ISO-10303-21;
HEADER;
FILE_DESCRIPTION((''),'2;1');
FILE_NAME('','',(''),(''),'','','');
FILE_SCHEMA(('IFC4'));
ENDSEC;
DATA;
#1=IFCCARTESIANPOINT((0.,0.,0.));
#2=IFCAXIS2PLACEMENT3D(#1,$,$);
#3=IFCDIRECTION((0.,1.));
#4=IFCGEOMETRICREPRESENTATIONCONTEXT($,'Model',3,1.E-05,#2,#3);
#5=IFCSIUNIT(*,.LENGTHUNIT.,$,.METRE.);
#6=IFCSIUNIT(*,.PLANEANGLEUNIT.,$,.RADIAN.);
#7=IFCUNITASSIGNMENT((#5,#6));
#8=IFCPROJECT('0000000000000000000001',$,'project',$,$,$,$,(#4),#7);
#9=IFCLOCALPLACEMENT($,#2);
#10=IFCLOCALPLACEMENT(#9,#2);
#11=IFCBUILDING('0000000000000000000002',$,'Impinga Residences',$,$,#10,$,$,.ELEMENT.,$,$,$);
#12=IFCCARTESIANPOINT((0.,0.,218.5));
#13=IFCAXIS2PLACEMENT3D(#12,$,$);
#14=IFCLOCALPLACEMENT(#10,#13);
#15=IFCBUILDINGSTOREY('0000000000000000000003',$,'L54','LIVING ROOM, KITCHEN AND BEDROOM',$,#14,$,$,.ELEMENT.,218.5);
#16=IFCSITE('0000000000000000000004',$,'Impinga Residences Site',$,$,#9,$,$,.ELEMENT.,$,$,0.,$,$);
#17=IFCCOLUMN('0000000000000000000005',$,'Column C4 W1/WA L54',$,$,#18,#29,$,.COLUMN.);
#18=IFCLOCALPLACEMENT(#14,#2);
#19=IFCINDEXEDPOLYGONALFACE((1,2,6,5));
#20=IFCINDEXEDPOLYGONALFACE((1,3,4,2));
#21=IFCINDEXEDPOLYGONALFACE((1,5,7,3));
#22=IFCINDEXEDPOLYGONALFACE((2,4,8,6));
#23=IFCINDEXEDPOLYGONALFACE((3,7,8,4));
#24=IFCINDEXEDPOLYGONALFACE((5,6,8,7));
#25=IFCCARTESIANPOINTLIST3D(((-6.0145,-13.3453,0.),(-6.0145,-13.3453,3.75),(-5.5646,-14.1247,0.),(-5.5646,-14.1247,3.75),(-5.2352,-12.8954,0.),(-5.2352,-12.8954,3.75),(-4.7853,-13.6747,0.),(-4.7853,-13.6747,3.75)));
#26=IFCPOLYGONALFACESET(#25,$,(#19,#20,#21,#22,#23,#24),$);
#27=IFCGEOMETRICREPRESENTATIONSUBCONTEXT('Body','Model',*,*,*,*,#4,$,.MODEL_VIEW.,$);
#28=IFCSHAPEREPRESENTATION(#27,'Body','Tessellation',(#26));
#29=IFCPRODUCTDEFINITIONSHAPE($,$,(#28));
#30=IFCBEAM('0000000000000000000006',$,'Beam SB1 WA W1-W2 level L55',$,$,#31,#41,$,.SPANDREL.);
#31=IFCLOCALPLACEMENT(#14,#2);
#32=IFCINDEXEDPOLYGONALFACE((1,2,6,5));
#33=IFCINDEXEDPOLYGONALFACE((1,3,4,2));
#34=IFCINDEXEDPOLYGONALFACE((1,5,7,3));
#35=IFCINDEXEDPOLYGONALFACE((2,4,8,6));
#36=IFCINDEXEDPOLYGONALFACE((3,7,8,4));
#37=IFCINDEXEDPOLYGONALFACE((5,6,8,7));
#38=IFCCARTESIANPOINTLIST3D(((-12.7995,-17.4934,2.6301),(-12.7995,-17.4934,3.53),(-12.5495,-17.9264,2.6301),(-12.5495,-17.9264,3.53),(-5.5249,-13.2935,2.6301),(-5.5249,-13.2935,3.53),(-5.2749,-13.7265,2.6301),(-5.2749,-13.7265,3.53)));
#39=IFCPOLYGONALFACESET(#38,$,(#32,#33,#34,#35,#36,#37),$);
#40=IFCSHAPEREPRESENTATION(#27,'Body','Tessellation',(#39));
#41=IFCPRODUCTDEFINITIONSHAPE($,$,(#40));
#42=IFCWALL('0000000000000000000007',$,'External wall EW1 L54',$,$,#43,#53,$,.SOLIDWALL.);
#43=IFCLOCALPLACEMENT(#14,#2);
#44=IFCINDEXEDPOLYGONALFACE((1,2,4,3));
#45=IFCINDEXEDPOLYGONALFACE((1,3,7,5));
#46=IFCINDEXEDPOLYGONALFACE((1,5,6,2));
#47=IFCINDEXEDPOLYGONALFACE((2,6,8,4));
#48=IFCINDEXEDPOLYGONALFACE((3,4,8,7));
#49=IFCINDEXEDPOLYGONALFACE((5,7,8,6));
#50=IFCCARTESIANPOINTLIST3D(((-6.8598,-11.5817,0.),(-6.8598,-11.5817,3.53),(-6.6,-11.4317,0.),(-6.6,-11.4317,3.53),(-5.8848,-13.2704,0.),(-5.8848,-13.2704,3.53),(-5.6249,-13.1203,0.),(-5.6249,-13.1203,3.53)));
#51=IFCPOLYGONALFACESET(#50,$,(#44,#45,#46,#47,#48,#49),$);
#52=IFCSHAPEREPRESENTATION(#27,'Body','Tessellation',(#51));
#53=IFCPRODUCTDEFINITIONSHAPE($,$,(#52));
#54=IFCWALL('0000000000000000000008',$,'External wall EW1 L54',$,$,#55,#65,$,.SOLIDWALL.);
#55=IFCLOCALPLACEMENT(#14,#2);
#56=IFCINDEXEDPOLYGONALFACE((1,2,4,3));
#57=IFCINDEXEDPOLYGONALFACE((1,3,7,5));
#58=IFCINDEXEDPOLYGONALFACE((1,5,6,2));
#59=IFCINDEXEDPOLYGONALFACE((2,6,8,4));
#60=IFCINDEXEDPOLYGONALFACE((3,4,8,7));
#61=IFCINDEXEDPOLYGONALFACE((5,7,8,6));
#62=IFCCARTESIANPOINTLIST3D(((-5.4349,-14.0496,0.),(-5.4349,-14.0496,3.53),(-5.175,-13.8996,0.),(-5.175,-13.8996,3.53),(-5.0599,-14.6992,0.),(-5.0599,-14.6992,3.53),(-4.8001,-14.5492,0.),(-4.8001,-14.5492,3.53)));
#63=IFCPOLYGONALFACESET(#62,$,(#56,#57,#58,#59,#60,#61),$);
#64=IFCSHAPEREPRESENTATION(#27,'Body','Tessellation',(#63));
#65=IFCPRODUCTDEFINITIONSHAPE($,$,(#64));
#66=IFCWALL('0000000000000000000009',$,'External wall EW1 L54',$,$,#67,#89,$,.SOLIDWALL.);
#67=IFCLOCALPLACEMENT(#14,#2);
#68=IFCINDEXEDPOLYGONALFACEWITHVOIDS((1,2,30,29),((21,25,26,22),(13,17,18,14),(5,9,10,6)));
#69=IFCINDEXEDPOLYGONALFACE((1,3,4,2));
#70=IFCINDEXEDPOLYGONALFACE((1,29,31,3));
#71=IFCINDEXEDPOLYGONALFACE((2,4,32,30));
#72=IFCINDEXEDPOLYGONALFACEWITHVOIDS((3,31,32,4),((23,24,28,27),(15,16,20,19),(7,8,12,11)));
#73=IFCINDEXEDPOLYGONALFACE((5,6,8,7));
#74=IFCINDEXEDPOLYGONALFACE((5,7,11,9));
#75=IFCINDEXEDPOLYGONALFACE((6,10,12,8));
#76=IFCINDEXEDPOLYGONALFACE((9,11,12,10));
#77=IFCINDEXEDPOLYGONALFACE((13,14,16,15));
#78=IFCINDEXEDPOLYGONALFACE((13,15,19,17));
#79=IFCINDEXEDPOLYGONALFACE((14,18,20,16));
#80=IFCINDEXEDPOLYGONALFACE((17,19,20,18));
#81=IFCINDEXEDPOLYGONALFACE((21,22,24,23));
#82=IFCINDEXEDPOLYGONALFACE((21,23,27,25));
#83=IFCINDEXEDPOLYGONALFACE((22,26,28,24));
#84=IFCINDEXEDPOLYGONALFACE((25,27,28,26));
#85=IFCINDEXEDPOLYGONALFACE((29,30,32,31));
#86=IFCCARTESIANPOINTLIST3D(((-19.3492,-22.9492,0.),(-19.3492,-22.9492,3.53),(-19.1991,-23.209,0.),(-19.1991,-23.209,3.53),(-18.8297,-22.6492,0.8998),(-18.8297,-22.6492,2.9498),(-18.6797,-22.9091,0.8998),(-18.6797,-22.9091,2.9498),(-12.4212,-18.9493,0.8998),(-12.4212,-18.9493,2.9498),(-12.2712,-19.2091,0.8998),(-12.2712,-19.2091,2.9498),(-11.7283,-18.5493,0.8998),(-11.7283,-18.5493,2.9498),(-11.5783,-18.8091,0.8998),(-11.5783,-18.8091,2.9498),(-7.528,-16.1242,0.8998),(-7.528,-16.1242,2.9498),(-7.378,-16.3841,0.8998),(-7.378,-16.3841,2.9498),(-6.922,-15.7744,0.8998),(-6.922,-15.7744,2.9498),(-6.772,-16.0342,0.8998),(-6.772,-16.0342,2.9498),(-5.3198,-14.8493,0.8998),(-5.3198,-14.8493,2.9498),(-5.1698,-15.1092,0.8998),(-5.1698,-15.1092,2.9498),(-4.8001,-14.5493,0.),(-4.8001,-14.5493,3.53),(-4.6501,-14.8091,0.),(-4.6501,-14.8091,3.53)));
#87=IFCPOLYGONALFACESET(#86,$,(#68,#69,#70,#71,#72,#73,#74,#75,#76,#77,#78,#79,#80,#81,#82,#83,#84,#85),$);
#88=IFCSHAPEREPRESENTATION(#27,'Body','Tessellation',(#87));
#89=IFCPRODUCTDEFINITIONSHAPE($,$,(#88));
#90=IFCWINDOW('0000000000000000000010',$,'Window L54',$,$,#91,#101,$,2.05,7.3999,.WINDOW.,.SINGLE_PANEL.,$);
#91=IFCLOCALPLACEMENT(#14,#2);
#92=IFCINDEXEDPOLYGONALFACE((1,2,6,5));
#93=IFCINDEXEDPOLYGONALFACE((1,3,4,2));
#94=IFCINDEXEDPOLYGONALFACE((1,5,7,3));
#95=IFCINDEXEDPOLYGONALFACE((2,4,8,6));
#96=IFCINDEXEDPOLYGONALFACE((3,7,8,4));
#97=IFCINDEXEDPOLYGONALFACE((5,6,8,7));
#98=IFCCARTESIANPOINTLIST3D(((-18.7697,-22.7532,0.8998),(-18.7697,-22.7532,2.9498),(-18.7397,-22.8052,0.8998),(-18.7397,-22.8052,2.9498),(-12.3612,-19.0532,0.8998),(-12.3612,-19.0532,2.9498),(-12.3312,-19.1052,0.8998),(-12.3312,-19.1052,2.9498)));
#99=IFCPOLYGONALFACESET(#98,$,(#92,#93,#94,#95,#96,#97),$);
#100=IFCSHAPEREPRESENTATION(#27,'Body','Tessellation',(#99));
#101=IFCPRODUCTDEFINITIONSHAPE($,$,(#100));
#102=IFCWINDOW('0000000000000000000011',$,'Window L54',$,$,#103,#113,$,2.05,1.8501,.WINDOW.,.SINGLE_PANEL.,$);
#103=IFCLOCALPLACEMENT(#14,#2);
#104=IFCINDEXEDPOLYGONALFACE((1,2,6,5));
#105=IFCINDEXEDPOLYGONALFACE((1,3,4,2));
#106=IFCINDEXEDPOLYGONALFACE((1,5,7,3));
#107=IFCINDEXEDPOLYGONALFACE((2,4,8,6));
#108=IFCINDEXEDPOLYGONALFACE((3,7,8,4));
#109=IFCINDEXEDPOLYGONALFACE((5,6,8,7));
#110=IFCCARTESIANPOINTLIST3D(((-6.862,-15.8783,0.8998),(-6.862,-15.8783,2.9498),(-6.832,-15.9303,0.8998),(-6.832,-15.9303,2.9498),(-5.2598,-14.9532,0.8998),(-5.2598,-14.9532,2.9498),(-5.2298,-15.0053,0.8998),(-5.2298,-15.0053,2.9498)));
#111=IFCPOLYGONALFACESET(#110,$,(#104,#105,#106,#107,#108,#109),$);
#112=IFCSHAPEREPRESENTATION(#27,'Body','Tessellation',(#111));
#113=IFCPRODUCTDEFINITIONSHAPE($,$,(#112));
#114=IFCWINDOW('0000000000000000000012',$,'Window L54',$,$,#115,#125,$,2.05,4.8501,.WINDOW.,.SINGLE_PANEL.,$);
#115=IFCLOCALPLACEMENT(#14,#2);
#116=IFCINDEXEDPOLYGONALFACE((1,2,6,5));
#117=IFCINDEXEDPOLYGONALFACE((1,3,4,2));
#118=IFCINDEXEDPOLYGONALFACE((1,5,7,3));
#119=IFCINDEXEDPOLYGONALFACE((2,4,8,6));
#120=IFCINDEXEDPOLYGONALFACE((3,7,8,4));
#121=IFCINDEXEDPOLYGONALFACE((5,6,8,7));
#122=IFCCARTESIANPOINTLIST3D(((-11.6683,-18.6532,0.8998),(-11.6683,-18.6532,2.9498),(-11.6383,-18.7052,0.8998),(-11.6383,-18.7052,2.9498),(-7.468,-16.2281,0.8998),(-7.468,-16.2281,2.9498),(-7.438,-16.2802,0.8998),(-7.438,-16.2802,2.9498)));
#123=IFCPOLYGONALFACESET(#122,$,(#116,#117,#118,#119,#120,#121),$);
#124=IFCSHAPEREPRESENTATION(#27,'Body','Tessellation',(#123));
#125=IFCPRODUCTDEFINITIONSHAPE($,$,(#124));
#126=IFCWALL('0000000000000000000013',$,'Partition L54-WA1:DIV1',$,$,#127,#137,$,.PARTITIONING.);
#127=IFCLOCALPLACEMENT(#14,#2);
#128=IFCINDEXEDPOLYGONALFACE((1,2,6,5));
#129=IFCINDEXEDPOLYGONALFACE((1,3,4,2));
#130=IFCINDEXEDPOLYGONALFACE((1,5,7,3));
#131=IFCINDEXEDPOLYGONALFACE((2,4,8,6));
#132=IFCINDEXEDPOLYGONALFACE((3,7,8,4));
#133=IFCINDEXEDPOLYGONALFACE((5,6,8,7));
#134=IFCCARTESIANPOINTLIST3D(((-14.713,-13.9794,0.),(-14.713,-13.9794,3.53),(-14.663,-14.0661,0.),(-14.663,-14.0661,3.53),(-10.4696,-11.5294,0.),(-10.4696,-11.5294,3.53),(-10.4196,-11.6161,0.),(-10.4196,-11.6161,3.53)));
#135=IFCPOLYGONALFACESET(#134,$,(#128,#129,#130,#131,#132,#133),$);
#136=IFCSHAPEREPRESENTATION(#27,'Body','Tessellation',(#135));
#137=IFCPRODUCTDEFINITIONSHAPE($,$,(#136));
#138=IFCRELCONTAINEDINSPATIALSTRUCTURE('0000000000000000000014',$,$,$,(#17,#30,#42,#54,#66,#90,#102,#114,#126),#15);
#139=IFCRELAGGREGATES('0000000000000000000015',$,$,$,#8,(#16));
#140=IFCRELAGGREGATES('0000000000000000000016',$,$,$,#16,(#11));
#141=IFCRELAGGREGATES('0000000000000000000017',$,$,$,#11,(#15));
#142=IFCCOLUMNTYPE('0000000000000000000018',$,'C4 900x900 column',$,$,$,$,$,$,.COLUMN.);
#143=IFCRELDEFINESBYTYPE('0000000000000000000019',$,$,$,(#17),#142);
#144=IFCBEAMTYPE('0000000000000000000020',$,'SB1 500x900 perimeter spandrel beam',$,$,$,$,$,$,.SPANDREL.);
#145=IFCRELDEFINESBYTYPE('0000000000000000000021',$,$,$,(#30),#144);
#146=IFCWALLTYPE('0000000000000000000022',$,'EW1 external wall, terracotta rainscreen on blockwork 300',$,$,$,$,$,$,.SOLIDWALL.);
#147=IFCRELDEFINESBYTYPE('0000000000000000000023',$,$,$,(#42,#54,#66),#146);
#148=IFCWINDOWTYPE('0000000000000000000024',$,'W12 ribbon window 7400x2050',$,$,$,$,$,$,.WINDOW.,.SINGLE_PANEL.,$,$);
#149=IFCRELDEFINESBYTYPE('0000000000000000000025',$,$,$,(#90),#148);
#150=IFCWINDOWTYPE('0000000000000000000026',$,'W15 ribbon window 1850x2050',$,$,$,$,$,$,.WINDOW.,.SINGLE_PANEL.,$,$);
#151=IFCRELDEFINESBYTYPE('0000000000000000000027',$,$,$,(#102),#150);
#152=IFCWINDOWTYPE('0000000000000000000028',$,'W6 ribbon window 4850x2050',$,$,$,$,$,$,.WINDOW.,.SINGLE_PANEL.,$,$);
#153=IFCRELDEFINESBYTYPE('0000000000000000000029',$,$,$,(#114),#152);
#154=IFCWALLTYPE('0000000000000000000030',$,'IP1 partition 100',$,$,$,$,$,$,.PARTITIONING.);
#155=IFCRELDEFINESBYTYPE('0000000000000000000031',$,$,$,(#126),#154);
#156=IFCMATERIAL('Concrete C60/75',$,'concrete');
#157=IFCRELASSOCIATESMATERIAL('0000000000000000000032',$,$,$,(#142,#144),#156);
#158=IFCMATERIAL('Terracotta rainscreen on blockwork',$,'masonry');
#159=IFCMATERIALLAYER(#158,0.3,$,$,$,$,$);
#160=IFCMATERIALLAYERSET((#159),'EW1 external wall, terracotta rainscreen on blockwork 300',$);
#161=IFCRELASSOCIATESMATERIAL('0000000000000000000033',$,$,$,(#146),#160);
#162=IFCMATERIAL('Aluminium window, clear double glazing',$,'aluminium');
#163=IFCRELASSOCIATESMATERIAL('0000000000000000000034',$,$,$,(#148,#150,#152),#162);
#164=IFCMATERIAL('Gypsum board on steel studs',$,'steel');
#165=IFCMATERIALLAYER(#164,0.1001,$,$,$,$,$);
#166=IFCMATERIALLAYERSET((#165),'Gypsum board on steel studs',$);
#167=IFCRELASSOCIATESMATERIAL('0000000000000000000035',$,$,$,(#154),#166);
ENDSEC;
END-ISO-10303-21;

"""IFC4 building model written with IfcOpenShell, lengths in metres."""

from ifc_helpers import new_model, si_unit, direction, frame, frame_2d, origin, origin_2d, place, context, subcontext, project, spatial, rectangle, extrude, material, layer, layer_set, material_profile, profile_set, type_object, element, fill, save


model = new_model("IFC4")

# Units and contexts
model_context = context("Model", 3, precision=1e-05, world=origin(), true_north=direction((0.0, 1.0)))
body_context = subcontext(model_context, "Body", "Model", "MODEL_VIEW")
ifc_project = project(units=[si_unit("LENGTHUNIT", "METRE"), si_unit("PLANEANGLEUNIT", "RADIAN")], contexts=[model_context])

# Site, building, storey
site_placement = place(None, origin())
site = spatial("IfcSite", under=ifc_project, at=site_placement, Name="Impinga Residences Site", CompositionType="ELEMENT", RefElevation=0.0)
building_placement = place(site_placement, origin())
building = spatial("IfcBuilding", under=site, at=building_placement, Name="Impinga Residences", CompositionType="ELEMENT")
storey_placement = place(building_placement, frame((0.0, 0.0, 218.5)))
storey = spatial("IfcBuildingStorey", under=building, at=storey_placement, Name="L54", Description="LIVING ROOM, KITCHEN AND BEDROOM", CompositionType="ELEMENT", Elevation=218.5)

# Column
ifc_material_1 = material(Name="Concrete C60/75", Category="concrete")
ifc_material_profile_1 = material_profile(ifc_material_1, rectangle(XDim=0.8999, YDim=0.8999, at=origin_2d()), Name="RC 900x900")
ifc_profile_set_1 = profile_set([ifc_material_profile_1], Name="Concrete C60/75")
column_type = type_object("IfcColumnType", Name="C4 900x900 column", PredefinedType="COLUMN", material=ifc_profile_set_1)
column_placement = place(storey_placement, frame((-5.3999, -13.51, 0.0), z_axis=(0.0, 0.0, 1.0), x_axis=(-0.5, 0.866025, 0.0)))
element("IfcColumn", 1, at=column_placement, inside=storey, type_object=column_type, Name="Column C4 W1/WA L54", PredefinedType="COLUMN", context=body_context, shape_type="SweptSolid", body=[
    extrude(rectangle(XDim=0.8999, YDim=0.8999, at=origin_2d()), origin(), (0.0, 0.0, 1.0), 3.75),
])

# Beam
ifc_material_profile_2 = material_profile(ifc_material_1, rectangle(XDim=0.5, YDim=0.8999, at=origin_2d()), Name="RC 500x900")
ifc_profile_set_2 = profile_set([ifc_material_profile_2], Name="Concrete C60/75")
beam_type = type_object("IfcBeamType", Name="SB1 500x900 perimeter spandrel beam", PredefinedType="SPANDREL", material=ifc_profile_set_2)
beam_placement = place(storey_placement, frame((-5.3999, -13.51, 3.0801), z_axis=(-0.866029, -0.499993, 0.0), x_axis=(0.499993, -0.866029, 0.0)))
element("IfcBeam", 2, at=beam_placement, inside=storey, type_object=beam_type, Name="Beam SB1 WA W1-W2 level L55", PredefinedType="SPANDREL", context=body_context, shape_type="SweptSolid", body=[
    extrude(rectangle(XDim=0.5, YDim=0.8999, at=origin_2d()), origin(), (0.0, 0.0, 1.0), 8.3999),
])

# Walls
ifc_material_2 = material(Name="Terracotta rainscreen on blockwork", Category="masonry")
ifc_layer_1 = layer(ifc_material_2, 0.3)
ifc_layer_set_1 = layer_set([ifc_layer_1], Name="EW1 external wall, terracotta rainscreen on blockwork 300")
wall_type_1 = type_object("IfcWallType", Name="EW1 external wall, terracotta rainscreen on blockwork 300", PredefinedType="SOLIDWALL", material=ifc_layer_set_1)
wall_1_placement = place(storey_placement, frame((-6.73, -11.5066, 0.0), z_axis=(0.0, 0.0, 1.0), x_axis=(0.500044, -0.866, 0.0)))
element("IfcWall", 3, at=wall_1_placement, inside=storey, type_object=wall_type_1, Name="External wall EW1 L54", PredefinedType="SOLIDWALL", context=body_context, shape_type="SweptSolid", body=[
    extrude(rectangle(XDim=1.95, YDim=0.3, at=frame_2d((0.9751, 0.0))), origin(), (0.0, 0.0, 1.0), 3.53),
])
wall_2_placement = place(storey_placement, frame((-5.3049, -13.9746, 0.0), z_axis=(0.0, 0.0, 1.0), x_axis=(0.49992, -0.866072, 0.0)))
element("IfcWall", 4, at=wall_2_placement, inside=storey, type_object=wall_type_1, Name="External wall EW1 L54", PredefinedType="SOLIDWALL", context=body_context, shape_type="SweptSolid", body=[
    extrude(rectangle(XDim=0.75, YDim=0.3, at=frame_2d((0.375, 0.0))), origin(), (0.0, 0.0, 1.0), 3.53),
])

# Wall, openings, windows
wall_3_placement = place(storey_placement, frame((-4.7251, -14.6792, 0.0), z_axis=(0.0, 0.0, 1.0), x_axis=(-0.866026, -0.5, 0.0)))
wall_3 = element("IfcWall", 5, at=wall_3_placement, inside=storey, type_object=wall_type_1, Name="External wall EW1 L54", PredefinedType="SOLIDWALL", context=body_context, shape_type="SweptSolid", body=[
    extrude(rectangle(XDim=16.7998, YDim=0.3, at=frame_2d((8.3999, 0.0))), origin(), (0.0, 0.0, 1.0), 3.53),
])
opening_1_placement = place(wall_3_placement, frame((0.6001, 0.0, 0.8999)))
opening_1 = element("IfcOpeningElement", 6, at=opening_1_placement, cuts=wall_3, PredefinedType="OPENING", context=body_context, shape_type="SweptSolid", body=[
    extrude(rectangle(XDim=1.8501, YDim=2.05, at=frame_2d((0.925, 1.0249))), frame((0.0, 0.1599, 0.0), z_axis=(0.0, -1.0, 0.0), x_axis=(1.0, 0.0, 0.0)), (0.0, 0.0, 1.0), 0.3201),
])
opening_2_placement = place(wall_3_placement, frame((3.1499, 0.0, 0.8999)))
opening_2 = element("IfcOpeningElement", 7, at=opening_2_placement, cuts=wall_3, PredefinedType="OPENING", context=body_context, shape_type="SweptSolid", body=[
    extrude(rectangle(XDim=4.8501, YDim=2.05, at=frame_2d((2.425, 1.0249))), frame((0.0, 0.1599, 0.0), z_axis=(0.0, -1.0, 0.0), x_axis=(1.0, 0.0, 0.0)), (0.0, 0.0, 1.0), 0.3201),
])
opening_3_placement = place(wall_3_placement, frame((8.8, 0.0, 0.8999)))
opening_3 = element("IfcOpeningElement", 8, at=opening_3_placement, cuts=wall_3, PredefinedType="OPENING", context=body_context, shape_type="SweptSolid", body=[
    extrude(rectangle(XDim=7.3999, YDim=2.05, at=frame_2d((3.7, 1.0249))), frame((0.0, 0.1599, 0.0), z_axis=(0.0, -1.0, 0.0), x_axis=(1.0, 0.0, 0.0)), (0.0, 0.0, 1.0), 0.3201),
])
ifc_material_3 = material(Name="Aluminium window, clear double glazing", Category="aluminium")
window_type_1 = type_object("IfcWindowType", Name="W12 ribbon window 7400x2050", PartitioningType="SINGLE_PANEL", PredefinedType="WINDOW", material=ifc_material_3)
window_1_placement = place(opening_3_placement, origin())
window_1 = element("IfcWindow", 9, at=window_1_placement, inside=storey, type_object=window_type_1, Name="Window L54", OverallHeight=2.05, OverallWidth=7.3999, PartitioningType="SINGLE_PANEL", PredefinedType="WINDOW", context=body_context, shape_type="SweptSolid", body=[
    extrude(rectangle(XDim=7.3999, YDim=2.05, at=frame_2d((3.7, 1.0249))), frame((0.0, 0.03, 0.0), z_axis=(0.0, -1.0, 0.0), x_axis=(1.0, 0.0, 0.0)), (0.0, 0.0, 1.0), 0.0601),
])
fill(opening_3, window_1)
window_type_2 = type_object("IfcWindowType", Name="W15 ribbon window 1850x2050", PartitioningType="SINGLE_PANEL", PredefinedType="WINDOW", material=ifc_material_3)
window_2_placement = place(opening_1_placement, origin())
window_2 = element("IfcWindow", 10, at=window_2_placement, inside=storey, type_object=window_type_2, Name="Window L54", OverallHeight=2.05, OverallWidth=1.8501, PartitioningType="SINGLE_PANEL", PredefinedType="WINDOW", context=body_context, shape_type="SweptSolid", body=[
    extrude(rectangle(XDim=1.8501, YDim=2.05, at=frame_2d((0.925, 1.0249))), frame((0.0, 0.03, 0.0), z_axis=(0.0, -1.0, 0.0), x_axis=(1.0, 0.0, 0.0)), (0.0, 0.0, 1.0), 0.0601),
])
fill(opening_1, window_2)
window_type_3 = type_object("IfcWindowType", Name="W6 ribbon window 4850x2050", PartitioningType="SINGLE_PANEL", PredefinedType="WINDOW", material=ifc_material_3)
window_3_placement = place(opening_2_placement, origin())
window_3 = element("IfcWindow", 11, at=window_3_placement, inside=storey, type_object=window_type_3, Name="Window L54", OverallHeight=2.05, OverallWidth=4.8501, PartitioningType="SINGLE_PANEL", PredefinedType="WINDOW", context=body_context, shape_type="SweptSolid", body=[
    extrude(rectangle(XDim=4.8501, YDim=2.05, at=frame_2d((2.425, 1.0249))), frame((0.0, 0.03, 0.0), z_axis=(0.0, -1.0, 0.0), x_axis=(1.0, 0.0, 0.0)), (0.0, 0.0, 1.0), 0.0601),
])
fill(opening_2, window_3)

# Wall
ifc_material_4 = material(Name="Gypsum board on steel studs", Category="steel")
ifc_layer_2 = layer(ifc_material_4, 0.1001)
ifc_layer_set_2 = layer_set([ifc_layer_2], Name="Gypsum board on steel studs")
wall_type_2 = type_object("IfcWallType", Name="IP1 partition 100", PredefinedType="PARTITIONING", material=ifc_layer_set_2)
wall_4_placement = place(storey_placement, frame((-10.4446, -11.5728, 0.0), z_axis=(0.0, 0.0, 1.0), x_axis=(-0.866024, -0.500003, 0.0)))
element("IfcWall", 12, at=wall_4_placement, inside=storey, type_object=wall_type_2, Name="Partition L54-WA1:DIV1", PredefinedType="PARTITIONING", context=body_context, shape_type="SweptSolid", body=[
    extrude(rectangle(XDim=4.8999, YDim=0.1001, at=frame_2d((2.45, 0.0))), origin(), (0.0, 0.0, 1.0), 3.53),
])

save(model, "model.ifc")
